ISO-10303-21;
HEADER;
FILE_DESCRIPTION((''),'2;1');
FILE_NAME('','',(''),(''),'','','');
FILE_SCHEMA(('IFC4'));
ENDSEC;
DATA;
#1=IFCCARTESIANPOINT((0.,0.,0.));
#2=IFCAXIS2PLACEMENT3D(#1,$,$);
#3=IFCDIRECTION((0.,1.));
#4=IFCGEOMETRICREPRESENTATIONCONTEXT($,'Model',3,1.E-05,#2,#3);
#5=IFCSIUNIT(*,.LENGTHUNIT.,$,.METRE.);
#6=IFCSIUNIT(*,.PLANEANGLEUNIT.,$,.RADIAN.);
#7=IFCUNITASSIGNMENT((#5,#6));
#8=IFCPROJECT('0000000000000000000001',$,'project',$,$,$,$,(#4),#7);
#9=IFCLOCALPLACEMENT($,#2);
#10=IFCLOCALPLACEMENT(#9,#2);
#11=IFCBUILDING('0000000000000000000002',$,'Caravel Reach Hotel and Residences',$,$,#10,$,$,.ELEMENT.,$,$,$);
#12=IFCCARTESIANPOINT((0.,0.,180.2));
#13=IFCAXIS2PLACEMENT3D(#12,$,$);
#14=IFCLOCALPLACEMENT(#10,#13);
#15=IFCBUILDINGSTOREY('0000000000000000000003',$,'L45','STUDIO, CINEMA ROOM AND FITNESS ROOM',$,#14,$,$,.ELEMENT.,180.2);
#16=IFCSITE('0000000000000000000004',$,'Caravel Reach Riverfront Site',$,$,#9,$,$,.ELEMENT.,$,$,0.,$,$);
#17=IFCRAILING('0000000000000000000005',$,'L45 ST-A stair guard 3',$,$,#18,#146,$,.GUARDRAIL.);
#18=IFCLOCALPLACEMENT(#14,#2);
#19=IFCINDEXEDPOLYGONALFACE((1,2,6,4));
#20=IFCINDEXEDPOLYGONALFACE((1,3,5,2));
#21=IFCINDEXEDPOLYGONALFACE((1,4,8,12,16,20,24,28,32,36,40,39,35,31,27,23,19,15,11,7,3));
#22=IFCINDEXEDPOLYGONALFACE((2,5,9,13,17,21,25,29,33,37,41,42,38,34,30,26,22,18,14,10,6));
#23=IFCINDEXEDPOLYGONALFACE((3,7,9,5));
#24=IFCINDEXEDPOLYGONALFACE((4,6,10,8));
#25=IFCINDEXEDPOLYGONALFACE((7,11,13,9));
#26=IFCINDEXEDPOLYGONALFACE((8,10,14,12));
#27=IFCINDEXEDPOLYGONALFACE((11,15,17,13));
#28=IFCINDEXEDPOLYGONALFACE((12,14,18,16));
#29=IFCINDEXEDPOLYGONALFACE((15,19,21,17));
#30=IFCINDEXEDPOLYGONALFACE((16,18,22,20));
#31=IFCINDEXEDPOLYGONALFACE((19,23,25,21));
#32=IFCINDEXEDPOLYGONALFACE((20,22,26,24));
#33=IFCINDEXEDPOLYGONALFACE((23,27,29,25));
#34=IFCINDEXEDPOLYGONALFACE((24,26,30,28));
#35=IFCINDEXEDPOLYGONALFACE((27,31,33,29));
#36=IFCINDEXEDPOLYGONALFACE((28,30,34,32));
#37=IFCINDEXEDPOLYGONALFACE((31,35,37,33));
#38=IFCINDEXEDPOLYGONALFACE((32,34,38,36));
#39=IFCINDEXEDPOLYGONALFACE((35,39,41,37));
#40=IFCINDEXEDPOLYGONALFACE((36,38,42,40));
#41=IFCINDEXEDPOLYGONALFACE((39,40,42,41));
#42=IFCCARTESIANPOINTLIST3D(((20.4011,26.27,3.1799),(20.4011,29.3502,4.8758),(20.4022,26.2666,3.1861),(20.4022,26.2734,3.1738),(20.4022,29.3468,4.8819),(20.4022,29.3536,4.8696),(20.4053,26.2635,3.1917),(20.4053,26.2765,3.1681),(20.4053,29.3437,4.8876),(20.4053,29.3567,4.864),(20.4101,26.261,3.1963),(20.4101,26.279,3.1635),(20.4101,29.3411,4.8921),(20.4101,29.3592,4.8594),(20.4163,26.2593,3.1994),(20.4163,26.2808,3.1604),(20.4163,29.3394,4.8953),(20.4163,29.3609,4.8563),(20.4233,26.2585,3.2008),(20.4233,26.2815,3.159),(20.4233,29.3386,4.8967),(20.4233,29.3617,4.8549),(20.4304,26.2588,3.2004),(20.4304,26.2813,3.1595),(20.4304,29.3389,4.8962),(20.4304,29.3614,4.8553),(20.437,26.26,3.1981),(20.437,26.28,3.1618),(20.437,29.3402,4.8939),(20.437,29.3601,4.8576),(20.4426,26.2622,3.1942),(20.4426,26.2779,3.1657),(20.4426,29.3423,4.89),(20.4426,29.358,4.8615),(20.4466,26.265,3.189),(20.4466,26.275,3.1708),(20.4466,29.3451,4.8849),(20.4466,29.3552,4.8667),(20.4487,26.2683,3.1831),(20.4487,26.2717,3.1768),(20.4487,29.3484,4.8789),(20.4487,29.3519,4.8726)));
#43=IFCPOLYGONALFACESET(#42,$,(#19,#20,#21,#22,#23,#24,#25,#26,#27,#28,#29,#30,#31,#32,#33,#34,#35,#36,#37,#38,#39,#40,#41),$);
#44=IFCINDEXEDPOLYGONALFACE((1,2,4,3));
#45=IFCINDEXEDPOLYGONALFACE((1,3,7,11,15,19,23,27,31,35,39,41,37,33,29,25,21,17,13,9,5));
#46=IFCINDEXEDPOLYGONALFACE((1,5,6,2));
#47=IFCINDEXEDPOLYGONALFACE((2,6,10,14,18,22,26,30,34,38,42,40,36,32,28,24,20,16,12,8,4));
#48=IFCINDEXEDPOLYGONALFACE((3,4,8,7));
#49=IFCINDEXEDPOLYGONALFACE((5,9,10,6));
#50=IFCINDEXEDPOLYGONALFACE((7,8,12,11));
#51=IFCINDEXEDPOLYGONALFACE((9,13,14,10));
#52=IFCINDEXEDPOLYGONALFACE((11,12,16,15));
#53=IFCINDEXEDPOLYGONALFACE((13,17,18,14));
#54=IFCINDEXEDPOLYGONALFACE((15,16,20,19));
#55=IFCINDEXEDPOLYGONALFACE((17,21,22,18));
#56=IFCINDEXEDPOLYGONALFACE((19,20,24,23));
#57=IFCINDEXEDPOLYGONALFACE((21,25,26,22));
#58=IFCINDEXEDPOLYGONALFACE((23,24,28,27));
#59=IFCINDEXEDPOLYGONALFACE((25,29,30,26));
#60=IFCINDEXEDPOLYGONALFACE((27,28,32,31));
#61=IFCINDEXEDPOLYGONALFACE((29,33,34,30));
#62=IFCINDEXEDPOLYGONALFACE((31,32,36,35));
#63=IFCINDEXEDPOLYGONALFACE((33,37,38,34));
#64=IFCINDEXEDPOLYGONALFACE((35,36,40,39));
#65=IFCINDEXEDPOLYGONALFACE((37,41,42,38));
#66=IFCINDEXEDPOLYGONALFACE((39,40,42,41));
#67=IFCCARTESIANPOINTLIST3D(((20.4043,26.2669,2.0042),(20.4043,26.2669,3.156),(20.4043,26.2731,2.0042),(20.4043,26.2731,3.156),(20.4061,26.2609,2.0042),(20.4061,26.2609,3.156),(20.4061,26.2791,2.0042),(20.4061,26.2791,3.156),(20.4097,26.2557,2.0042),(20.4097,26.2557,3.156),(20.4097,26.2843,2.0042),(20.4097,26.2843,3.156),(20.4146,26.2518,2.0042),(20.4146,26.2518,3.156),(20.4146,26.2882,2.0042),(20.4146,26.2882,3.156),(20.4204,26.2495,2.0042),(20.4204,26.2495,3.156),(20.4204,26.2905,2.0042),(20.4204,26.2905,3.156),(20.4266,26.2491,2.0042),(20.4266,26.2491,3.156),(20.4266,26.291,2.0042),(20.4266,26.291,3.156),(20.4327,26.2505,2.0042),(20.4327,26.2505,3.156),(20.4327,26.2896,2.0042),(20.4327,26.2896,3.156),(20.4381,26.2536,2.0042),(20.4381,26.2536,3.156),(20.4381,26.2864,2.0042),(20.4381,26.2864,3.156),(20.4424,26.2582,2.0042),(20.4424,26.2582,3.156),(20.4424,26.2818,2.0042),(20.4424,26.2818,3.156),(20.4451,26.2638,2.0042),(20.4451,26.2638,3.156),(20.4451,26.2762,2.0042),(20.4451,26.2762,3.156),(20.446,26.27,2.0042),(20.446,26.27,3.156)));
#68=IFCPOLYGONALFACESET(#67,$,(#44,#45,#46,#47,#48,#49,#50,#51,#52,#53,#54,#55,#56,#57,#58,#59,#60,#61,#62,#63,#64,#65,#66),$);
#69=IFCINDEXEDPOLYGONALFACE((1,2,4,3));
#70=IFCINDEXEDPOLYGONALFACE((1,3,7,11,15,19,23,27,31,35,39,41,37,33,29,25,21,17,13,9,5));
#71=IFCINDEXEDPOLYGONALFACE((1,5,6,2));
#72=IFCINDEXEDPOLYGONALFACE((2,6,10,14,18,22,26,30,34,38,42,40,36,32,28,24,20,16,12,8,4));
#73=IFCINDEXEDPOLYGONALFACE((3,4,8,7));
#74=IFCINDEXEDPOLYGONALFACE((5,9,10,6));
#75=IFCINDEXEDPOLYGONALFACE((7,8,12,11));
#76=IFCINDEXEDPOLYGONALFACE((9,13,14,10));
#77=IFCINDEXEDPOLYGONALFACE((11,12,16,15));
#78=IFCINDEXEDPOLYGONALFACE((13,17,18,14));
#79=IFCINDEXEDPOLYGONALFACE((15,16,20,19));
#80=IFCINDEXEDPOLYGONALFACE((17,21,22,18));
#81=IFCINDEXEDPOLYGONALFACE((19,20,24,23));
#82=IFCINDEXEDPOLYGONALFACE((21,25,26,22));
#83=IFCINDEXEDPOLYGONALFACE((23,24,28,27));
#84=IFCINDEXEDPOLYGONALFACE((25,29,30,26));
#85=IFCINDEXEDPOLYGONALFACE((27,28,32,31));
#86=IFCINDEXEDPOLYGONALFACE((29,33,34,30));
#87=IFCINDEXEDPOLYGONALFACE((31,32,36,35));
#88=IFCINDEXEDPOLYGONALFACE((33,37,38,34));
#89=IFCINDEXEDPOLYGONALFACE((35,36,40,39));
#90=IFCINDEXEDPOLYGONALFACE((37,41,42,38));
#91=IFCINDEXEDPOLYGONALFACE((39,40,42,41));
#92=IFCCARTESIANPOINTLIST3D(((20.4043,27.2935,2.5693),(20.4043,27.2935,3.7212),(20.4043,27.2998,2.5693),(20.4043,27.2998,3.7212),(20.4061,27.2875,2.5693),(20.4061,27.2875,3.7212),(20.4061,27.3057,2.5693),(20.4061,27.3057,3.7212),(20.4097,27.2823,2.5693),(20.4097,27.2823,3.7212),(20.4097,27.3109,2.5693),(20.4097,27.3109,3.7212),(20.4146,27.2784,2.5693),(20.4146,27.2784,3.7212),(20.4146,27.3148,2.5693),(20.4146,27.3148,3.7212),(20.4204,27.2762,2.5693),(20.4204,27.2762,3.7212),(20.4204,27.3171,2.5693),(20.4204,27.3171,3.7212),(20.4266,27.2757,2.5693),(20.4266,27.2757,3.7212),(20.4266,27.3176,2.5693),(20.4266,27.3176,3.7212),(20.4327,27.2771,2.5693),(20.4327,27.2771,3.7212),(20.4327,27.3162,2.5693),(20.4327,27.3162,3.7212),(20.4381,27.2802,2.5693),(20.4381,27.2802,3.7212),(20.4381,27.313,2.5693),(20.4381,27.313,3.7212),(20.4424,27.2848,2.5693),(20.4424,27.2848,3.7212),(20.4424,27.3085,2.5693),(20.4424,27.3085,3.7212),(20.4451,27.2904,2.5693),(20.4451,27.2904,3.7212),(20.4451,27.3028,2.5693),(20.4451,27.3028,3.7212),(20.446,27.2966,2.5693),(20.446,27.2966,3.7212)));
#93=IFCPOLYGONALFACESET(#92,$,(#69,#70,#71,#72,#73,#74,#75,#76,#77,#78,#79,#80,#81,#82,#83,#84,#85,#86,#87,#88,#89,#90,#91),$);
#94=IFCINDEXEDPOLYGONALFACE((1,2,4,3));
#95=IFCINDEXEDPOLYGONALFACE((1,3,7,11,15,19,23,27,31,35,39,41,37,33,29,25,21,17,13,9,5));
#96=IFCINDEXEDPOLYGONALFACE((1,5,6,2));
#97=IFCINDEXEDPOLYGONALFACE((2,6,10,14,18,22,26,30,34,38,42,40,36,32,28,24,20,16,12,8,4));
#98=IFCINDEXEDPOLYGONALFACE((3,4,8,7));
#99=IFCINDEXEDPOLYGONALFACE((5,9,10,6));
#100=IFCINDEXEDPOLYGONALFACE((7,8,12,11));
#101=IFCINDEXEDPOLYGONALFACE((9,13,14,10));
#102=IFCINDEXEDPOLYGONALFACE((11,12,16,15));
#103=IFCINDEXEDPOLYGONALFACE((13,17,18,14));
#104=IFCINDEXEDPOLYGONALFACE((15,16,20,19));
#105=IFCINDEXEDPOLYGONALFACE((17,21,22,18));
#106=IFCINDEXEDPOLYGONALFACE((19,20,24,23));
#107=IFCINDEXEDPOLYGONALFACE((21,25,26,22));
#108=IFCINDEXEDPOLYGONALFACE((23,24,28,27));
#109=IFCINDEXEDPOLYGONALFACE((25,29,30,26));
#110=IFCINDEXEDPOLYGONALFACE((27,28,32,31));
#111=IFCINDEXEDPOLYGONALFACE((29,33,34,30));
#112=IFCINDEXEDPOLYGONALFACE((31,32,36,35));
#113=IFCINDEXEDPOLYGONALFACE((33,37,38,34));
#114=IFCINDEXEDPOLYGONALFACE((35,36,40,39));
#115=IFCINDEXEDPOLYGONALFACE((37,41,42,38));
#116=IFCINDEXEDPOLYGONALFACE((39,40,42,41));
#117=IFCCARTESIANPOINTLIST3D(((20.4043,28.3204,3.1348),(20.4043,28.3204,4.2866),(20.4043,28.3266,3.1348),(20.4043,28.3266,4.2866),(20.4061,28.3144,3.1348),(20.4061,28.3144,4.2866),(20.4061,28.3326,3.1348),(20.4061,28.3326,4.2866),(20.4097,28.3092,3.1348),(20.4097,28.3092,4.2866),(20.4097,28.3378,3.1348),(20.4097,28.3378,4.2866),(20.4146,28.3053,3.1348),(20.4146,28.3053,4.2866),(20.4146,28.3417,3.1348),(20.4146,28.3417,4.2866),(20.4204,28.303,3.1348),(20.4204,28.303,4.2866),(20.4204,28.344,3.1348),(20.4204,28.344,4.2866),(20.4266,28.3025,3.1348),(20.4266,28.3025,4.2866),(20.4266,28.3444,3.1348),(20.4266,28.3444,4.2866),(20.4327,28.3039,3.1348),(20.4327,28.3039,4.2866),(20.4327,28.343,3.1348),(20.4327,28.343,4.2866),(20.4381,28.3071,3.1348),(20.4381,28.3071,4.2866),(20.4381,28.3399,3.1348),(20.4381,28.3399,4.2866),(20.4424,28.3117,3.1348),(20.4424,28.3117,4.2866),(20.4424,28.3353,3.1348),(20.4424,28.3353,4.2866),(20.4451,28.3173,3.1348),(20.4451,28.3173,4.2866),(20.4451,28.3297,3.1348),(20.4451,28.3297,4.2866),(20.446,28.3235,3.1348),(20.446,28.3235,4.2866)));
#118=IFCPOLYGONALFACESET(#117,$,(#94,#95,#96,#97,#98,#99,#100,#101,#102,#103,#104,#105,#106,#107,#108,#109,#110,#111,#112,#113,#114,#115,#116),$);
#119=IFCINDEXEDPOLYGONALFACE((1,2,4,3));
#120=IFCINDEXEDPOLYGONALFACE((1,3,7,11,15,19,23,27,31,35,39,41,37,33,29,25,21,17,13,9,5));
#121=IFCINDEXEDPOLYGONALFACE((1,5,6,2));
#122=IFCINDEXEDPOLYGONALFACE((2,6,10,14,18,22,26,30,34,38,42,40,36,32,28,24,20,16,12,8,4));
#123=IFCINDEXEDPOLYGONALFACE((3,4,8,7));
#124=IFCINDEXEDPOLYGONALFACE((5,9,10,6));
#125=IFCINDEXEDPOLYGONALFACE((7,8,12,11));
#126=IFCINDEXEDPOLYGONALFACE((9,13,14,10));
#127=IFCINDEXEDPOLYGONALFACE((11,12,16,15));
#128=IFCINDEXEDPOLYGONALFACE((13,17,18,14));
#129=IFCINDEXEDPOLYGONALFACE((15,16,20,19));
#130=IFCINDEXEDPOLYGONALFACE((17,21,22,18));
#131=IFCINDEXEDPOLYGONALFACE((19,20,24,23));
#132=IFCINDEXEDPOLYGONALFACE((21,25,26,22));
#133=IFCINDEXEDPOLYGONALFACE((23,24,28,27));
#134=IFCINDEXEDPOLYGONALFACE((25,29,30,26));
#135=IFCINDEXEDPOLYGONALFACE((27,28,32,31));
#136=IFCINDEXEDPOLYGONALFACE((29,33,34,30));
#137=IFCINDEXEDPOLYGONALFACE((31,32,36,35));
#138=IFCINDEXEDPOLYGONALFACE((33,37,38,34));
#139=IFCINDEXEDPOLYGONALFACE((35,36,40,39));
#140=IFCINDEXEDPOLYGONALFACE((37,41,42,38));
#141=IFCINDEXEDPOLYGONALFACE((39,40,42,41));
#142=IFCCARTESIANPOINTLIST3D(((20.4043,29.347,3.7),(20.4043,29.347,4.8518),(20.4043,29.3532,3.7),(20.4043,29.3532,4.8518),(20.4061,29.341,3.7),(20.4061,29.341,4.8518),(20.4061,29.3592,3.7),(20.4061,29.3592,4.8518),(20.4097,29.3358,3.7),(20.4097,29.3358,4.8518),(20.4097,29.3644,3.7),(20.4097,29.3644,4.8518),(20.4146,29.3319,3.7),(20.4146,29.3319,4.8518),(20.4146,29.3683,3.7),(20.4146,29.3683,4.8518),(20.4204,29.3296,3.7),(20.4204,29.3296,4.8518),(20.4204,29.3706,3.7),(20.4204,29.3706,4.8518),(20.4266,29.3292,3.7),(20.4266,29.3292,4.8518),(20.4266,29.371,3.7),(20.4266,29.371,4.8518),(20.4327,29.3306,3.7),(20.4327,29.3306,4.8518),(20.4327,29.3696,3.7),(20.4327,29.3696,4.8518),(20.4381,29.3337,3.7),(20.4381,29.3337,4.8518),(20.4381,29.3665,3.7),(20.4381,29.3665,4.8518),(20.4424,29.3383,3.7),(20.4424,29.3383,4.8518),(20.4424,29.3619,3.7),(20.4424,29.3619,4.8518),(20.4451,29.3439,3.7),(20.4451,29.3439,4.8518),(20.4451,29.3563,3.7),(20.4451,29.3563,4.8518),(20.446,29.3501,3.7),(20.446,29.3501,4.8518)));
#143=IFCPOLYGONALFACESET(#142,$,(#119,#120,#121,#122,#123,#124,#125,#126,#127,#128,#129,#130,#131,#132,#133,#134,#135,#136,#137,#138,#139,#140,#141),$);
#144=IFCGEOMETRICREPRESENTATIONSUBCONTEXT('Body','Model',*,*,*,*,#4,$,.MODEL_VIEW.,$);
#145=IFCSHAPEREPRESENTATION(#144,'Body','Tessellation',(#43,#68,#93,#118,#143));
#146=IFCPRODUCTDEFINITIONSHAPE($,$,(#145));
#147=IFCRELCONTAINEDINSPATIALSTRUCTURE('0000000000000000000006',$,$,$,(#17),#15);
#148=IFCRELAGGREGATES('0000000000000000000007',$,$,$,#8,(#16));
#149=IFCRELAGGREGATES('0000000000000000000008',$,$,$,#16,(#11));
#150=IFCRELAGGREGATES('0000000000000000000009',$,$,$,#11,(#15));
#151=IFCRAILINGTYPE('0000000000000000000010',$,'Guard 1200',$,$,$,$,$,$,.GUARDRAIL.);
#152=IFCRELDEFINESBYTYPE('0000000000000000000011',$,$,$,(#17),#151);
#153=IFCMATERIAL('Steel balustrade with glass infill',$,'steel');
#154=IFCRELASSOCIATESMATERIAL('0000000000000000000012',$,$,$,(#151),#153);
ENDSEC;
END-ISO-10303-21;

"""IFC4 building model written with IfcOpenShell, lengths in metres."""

from ifc_helpers import new_model, si_unit, direction, frame, origin, origin_2d, place, context, subcontext, project, spatial, circle, extrude, material, type_object, element, save


model = new_model("IFC4")

# Units and contexts
model_context = context("Model", 3, precision=1e-05, world=origin(), true_north=direction((0.0, 1.0)))
body_context = subcontext(model_context, "Body", "Model", "MODEL_VIEW")
ifc_project = project(units=[si_unit("LENGTHUNIT", "METRE"), si_unit("PLANEANGLEUNIT", "RADIAN")], contexts=[model_context])

# Site, building, storey
site_placement = place(None, origin())
site = spatial("IfcSite", under=ifc_project, at=site_placement, Name="Caravel Reach Riverfront Site", CompositionType="ELEMENT", RefElevation=0.0)
building_placement = place(site_placement, origin())
building = spatial("IfcBuilding", under=site, at=building_placement, Name="Caravel Reach Hotel and Residences", CompositionType="ELEMENT")
storey_placement = place(building_placement, frame((0.0, 0.0, 180.2)))
storey = spatial("IfcBuildingStorey", under=building, at=storey_placement, Name="L45", Description="STUDIO, CINEMA ROOM AND FITNESS ROOM", CompositionType="ELEMENT", Elevation=180.2)

# Railing
ifc_material_1 = material(Name="Steel balustrade with glass infill", Category="steel")
railing_type_1 = type_object("IfcRailingType", Name="Guard 1200", PredefinedType="GUARDRAIL", material=ifc_material_1)
railing_1_placement = place(storey_placement, frame((20.425, 26.27, 2.0042)))
element("IfcRailing", 1, at=railing_1_placement, inside=storey, type_object=railing_type_1, Name="L45 ST-A stair guard 3", PredefinedType="GUARDRAIL", context=body_context, shape_type="SweptSolid", body=[
    extrude(circle(Radius=0.0239, at=origin_2d()), frame((0.0, 0.0, 1.1758), z_axis=(0.0, 0.876005, 0.482303), x_axis=(-1.0, 0.0, 0.0)), (0.0, 0.0, 1.0), 3.5161),
    extrude(circle(Radius=0.021, at=origin_2d()), origin(), (0.0, 0.0, 1.0), 1.1519),
    extrude(circle(Radius=0.021, at=origin_2d()), frame((0.0, 1.0266, 0.5652)), (0.0, 0.0, 1.0), 1.1519),
    extrude(circle(Radius=0.021, at=origin_2d()), frame((0.0, 2.0535, 1.1306)), (0.0, 0.0, 1.0), 1.1519),
    extrude(circle(Radius=0.021, at=origin_2d()), frame((0.0, 3.0801, 1.6958)), (0.0, 0.0, 1.0), 1.1519),
])

save(model, "model.ifc")
